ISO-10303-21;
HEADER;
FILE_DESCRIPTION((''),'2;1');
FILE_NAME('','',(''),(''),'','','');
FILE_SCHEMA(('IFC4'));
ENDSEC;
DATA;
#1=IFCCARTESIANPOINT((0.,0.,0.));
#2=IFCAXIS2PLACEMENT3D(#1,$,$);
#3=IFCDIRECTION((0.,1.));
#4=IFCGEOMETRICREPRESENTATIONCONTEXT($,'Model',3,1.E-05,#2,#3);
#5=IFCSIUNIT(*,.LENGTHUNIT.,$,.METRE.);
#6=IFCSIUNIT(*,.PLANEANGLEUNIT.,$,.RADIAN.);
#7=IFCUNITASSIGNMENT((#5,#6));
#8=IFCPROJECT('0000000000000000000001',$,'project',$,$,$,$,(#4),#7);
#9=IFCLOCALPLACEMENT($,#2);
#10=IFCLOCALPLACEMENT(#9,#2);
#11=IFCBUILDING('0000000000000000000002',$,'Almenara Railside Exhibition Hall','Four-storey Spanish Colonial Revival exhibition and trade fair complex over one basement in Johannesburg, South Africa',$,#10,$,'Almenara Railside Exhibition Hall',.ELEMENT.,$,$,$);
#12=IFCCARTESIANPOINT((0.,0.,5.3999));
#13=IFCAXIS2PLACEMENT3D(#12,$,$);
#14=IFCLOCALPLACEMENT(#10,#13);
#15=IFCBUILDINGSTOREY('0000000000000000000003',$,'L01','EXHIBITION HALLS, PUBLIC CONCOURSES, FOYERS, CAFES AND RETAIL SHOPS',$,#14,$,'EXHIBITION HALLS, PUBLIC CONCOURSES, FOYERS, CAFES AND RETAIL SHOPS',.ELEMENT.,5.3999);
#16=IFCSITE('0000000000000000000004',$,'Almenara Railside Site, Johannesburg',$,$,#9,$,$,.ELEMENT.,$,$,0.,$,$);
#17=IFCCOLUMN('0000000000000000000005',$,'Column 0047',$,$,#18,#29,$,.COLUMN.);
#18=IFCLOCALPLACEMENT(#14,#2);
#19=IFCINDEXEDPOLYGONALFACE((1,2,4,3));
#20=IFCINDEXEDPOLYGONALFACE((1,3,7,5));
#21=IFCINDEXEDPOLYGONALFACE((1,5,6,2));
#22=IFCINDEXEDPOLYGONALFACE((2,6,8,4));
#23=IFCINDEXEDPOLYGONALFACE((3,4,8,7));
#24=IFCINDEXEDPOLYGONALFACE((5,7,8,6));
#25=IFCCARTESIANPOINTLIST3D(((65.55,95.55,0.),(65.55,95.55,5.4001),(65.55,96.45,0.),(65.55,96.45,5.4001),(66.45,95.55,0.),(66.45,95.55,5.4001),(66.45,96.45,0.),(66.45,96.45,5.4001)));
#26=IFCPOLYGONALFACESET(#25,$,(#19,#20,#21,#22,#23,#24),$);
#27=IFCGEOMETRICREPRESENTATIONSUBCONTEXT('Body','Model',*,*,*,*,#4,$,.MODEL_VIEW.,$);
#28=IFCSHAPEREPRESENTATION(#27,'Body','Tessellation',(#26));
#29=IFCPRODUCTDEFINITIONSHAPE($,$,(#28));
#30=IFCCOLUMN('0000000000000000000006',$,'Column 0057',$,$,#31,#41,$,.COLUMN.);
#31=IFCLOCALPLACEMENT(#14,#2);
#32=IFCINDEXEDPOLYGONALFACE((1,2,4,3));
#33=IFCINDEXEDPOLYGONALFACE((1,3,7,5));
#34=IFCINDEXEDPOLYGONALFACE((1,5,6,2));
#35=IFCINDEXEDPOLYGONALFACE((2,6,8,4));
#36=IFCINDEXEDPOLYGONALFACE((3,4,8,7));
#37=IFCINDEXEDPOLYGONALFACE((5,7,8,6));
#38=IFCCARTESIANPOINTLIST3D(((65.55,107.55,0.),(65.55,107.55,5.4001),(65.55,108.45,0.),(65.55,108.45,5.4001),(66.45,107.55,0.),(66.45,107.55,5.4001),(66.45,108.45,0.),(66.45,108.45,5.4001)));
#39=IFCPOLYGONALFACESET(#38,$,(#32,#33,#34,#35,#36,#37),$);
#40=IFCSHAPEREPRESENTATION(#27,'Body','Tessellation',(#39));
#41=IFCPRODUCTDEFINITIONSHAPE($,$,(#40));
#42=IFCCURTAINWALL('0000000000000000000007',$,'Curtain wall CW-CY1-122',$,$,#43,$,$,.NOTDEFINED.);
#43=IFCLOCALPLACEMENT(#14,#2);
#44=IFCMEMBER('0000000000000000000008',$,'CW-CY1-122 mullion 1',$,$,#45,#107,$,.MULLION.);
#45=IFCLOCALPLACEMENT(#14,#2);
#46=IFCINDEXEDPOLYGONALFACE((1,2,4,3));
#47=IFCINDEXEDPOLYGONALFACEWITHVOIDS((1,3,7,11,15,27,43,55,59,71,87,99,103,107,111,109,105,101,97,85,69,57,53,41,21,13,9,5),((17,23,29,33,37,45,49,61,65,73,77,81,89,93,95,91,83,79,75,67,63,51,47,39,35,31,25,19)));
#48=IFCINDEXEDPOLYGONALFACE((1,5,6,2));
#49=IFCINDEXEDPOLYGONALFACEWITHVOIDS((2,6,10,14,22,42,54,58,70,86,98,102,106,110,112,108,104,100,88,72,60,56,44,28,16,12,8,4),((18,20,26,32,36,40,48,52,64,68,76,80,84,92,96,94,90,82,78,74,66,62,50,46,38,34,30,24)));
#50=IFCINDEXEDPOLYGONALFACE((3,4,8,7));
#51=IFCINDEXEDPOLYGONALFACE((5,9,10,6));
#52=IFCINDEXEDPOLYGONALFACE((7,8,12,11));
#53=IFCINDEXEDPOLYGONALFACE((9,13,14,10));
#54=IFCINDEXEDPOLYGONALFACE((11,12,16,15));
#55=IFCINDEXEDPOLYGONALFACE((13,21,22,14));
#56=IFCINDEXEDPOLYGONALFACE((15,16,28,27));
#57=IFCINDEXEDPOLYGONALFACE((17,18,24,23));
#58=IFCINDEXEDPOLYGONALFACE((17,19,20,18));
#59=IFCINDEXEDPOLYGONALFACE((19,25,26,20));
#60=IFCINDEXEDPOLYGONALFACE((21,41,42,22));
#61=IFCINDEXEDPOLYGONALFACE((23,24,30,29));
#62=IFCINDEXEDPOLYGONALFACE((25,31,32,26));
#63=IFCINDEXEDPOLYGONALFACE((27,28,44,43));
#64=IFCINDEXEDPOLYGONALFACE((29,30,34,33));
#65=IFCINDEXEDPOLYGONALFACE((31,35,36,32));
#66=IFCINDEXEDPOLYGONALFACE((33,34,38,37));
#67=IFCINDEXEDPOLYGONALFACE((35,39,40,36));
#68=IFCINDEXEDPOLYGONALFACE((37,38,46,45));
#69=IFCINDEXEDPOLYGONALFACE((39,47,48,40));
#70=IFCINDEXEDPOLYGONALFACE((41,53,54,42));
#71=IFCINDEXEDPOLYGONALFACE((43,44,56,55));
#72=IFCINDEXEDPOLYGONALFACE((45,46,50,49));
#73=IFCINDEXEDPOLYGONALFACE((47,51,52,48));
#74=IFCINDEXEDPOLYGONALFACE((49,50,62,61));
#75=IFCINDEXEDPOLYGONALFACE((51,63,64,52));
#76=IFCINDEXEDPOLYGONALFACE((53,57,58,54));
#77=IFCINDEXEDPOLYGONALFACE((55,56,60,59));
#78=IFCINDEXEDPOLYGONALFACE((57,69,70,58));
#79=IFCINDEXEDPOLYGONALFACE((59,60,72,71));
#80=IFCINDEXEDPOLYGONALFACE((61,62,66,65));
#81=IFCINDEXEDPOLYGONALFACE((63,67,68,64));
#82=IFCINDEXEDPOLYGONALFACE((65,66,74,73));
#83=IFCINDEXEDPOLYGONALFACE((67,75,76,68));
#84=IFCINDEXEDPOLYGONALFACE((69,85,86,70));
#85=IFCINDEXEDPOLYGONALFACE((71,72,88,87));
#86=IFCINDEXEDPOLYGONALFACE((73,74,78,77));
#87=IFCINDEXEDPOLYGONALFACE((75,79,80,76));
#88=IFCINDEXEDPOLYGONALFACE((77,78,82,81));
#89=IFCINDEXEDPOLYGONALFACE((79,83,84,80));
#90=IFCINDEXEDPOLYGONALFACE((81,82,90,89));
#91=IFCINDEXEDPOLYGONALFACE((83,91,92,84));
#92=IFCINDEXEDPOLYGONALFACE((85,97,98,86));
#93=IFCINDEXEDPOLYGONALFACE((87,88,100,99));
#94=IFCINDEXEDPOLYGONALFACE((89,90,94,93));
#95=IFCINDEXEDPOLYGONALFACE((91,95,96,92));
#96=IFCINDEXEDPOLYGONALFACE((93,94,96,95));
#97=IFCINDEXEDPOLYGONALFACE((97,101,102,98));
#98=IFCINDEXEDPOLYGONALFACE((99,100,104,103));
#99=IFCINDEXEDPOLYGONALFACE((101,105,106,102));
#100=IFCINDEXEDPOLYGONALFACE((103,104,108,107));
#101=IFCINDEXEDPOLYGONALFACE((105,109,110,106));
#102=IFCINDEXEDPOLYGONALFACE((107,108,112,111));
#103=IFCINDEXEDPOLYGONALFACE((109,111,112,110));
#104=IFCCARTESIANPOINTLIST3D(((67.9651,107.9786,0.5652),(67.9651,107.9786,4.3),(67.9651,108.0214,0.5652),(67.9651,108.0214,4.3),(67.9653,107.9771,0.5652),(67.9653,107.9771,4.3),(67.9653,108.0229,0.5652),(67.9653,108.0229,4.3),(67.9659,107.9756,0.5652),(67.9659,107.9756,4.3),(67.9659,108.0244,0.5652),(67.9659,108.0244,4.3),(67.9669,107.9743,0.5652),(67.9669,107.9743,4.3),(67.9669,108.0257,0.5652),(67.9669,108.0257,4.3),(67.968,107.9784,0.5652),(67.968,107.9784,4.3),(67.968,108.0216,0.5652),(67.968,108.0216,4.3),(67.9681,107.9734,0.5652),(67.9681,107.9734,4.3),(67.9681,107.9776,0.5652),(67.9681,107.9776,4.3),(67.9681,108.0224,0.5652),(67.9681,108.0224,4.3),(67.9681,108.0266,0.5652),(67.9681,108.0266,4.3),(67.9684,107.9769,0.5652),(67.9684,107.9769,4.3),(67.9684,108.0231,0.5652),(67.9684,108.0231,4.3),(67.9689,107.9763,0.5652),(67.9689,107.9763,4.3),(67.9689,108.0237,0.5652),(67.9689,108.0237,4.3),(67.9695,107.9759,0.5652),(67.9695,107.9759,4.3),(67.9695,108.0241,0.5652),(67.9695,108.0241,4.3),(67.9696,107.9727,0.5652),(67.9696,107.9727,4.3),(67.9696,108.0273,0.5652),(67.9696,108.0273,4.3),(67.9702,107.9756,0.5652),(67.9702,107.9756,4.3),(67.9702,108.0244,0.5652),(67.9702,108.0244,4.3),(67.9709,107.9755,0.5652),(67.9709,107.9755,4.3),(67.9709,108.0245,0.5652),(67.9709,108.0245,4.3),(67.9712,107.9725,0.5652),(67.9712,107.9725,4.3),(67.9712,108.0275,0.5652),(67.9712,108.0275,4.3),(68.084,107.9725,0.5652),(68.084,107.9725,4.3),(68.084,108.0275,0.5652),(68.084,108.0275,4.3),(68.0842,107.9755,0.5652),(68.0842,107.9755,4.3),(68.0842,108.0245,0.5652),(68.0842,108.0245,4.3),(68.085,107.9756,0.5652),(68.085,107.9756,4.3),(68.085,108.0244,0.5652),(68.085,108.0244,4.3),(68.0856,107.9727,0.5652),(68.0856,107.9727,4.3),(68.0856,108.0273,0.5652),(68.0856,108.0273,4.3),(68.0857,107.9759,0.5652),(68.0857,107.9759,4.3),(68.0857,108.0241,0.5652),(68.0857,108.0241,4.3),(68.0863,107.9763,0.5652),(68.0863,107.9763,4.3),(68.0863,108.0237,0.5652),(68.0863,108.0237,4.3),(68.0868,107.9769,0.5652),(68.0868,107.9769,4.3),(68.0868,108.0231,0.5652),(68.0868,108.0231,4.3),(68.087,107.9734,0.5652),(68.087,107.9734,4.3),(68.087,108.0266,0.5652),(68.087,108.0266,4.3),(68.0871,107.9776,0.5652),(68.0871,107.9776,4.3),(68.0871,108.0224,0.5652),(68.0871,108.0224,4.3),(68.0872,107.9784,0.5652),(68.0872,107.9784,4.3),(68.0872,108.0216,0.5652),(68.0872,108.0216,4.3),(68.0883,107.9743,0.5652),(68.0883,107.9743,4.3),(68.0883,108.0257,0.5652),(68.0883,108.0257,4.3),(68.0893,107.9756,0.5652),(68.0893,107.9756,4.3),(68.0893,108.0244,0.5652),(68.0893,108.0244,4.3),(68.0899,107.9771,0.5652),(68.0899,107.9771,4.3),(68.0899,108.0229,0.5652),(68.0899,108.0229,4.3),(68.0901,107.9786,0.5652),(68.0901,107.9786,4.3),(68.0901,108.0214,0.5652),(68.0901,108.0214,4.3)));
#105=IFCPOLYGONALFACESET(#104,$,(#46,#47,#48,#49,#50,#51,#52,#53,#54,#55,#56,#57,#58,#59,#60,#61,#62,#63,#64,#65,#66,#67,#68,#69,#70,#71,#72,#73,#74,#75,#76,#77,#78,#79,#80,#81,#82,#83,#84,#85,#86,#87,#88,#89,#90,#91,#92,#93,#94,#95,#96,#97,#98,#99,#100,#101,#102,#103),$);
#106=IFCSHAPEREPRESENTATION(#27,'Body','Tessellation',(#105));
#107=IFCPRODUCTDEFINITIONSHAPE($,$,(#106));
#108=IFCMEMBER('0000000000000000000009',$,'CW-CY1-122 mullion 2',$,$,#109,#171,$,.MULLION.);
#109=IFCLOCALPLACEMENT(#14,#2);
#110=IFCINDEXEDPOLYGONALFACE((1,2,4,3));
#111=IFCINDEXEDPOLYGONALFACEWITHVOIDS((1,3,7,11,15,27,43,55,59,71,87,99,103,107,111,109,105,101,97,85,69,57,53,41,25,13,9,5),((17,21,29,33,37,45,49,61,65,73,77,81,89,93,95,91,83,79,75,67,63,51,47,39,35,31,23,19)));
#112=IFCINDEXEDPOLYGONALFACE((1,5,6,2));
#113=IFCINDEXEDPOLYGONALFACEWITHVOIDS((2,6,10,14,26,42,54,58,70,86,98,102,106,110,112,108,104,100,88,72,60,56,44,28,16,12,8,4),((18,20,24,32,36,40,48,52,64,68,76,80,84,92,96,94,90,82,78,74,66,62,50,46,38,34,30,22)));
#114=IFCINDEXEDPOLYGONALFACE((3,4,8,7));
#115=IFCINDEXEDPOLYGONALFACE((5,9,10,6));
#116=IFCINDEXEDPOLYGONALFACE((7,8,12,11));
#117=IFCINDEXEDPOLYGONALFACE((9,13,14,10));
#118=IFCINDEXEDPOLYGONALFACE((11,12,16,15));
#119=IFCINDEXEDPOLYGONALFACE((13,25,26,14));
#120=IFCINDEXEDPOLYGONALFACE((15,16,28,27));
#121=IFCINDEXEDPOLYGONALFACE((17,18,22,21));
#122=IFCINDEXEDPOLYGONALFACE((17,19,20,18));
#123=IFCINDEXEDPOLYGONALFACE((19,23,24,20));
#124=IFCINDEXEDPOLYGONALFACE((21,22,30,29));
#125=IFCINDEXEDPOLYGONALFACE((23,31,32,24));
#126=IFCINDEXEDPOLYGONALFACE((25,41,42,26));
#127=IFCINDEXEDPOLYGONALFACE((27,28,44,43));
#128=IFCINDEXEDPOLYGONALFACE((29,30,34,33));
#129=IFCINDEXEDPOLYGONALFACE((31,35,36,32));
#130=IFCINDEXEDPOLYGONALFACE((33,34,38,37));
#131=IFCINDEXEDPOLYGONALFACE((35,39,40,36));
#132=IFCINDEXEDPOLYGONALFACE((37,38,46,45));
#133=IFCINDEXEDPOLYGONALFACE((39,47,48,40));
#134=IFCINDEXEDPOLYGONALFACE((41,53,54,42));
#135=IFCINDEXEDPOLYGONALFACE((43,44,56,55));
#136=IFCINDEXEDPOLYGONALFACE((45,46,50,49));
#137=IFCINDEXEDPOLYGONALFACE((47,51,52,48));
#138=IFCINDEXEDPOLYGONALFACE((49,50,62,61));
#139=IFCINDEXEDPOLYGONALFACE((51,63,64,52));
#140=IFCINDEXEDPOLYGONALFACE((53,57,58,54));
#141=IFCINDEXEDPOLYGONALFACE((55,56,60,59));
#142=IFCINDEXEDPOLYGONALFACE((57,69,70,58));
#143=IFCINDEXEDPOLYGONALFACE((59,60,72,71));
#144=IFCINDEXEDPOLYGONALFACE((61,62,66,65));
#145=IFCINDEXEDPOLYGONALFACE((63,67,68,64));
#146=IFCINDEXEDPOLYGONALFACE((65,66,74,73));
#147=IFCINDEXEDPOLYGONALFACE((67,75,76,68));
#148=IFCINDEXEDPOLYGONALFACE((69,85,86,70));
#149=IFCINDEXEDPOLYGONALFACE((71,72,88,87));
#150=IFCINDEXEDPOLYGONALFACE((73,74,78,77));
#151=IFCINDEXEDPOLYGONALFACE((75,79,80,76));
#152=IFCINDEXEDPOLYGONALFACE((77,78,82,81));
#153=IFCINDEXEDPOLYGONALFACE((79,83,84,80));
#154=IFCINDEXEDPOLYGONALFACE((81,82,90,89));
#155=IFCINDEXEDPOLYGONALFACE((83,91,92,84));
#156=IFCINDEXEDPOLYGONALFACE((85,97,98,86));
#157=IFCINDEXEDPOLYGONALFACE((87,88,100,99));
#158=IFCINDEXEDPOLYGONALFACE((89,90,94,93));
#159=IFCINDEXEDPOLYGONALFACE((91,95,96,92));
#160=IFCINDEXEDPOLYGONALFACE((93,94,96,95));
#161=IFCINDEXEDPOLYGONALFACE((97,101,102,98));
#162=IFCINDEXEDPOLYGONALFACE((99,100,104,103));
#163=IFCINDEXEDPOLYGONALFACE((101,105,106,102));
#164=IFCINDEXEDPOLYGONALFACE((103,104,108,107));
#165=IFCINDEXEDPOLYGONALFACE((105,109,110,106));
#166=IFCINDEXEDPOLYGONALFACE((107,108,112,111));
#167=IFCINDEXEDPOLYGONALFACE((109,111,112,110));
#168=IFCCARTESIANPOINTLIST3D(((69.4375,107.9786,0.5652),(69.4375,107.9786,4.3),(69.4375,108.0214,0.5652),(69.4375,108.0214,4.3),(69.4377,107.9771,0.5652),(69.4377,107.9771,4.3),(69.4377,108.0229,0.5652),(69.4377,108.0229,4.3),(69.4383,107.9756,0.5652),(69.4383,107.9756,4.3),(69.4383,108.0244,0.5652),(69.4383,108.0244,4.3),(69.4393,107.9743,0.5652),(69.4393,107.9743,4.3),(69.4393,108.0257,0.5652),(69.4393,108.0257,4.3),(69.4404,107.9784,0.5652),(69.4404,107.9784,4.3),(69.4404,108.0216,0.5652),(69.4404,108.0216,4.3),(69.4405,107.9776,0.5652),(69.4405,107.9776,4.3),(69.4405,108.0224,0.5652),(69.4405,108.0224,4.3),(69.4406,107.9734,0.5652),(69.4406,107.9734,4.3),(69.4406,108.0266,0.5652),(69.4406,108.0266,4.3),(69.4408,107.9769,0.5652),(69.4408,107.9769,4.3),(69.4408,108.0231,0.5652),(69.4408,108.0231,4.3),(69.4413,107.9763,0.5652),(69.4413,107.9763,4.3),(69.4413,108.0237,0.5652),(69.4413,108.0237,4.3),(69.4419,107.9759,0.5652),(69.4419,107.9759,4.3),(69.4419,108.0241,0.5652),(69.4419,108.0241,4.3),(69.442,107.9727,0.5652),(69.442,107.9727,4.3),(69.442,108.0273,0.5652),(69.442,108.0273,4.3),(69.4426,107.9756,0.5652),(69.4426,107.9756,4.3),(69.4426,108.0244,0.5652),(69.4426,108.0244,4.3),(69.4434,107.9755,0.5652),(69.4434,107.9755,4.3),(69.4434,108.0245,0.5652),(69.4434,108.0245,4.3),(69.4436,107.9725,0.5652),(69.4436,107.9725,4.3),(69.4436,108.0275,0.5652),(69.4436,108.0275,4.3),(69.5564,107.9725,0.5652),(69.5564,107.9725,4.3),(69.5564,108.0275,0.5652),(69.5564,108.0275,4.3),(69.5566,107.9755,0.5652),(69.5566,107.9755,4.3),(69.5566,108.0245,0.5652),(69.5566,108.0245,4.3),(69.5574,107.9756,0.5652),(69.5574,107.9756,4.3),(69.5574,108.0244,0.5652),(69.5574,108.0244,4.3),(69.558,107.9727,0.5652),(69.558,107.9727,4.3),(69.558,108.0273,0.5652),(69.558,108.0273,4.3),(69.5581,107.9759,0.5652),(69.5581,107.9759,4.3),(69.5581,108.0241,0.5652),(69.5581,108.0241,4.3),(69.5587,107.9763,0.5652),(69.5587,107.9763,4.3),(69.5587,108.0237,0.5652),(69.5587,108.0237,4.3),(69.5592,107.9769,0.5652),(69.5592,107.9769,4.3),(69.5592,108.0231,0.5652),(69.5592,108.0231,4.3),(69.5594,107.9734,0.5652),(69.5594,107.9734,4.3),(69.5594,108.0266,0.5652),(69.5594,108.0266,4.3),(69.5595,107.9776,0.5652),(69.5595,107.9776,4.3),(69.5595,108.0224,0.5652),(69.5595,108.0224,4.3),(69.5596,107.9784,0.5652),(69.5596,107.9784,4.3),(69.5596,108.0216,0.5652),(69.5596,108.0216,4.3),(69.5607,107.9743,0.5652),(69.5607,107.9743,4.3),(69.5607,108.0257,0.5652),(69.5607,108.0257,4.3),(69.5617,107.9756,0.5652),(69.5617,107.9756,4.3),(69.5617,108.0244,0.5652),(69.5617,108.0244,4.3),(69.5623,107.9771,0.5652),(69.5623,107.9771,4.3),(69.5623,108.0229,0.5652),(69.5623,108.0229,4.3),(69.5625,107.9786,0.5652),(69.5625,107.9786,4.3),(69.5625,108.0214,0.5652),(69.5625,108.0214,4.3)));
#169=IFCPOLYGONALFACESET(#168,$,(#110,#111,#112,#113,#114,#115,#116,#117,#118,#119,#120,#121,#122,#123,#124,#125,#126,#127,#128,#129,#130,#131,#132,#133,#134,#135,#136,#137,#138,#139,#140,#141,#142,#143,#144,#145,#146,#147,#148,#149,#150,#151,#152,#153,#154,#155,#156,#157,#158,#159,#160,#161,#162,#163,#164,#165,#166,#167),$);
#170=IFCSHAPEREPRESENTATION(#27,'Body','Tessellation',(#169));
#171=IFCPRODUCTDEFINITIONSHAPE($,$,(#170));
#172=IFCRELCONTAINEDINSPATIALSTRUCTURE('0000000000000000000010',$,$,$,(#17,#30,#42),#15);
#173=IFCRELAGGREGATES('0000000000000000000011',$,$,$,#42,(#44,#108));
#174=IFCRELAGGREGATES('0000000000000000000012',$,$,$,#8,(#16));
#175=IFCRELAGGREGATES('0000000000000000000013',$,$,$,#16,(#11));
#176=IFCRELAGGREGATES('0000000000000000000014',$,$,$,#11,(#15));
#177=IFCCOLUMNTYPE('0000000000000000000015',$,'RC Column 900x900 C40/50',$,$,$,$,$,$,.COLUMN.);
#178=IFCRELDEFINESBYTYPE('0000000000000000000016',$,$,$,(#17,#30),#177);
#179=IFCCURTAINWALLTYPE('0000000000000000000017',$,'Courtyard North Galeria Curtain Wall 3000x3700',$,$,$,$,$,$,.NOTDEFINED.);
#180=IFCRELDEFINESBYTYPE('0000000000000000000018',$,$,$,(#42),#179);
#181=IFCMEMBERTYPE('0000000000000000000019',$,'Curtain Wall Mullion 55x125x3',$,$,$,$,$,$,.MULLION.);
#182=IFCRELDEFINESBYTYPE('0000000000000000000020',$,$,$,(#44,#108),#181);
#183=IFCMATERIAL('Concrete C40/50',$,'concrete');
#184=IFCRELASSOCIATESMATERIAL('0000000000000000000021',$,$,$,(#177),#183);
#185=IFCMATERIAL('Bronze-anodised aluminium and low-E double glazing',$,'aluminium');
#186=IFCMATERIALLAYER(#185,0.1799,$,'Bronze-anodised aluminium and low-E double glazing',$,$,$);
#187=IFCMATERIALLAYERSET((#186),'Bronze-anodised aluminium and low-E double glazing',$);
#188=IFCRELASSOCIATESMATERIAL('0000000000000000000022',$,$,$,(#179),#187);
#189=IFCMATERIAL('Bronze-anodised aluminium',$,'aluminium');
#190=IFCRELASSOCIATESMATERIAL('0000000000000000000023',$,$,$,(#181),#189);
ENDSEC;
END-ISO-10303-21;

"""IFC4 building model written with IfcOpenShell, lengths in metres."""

from ifc_helpers import new_model, si_unit, direction, frame, origin, origin_2d, place, context, subcontext, project, spatial, rectangle, hollow_rectangle, extrude, material, layer, layer_set, material_profile, profile_set, type_object, element, aggregate, save


model = new_model("IFC4")

# Units and contexts
model_context = context("Model", 3, precision=1e-05, world=origin(), true_north=direction((0.0, 1.0)))
body_context = subcontext(model_context, "Body", "Model", "MODEL_VIEW")
ifc_project = project(units=[si_unit("LENGTHUNIT", "METRE"), si_unit("PLANEANGLEUNIT", "RADIAN")], contexts=[model_context])

# Site, building, storey
site_placement = place(None, origin())
site = spatial("IfcSite", under=ifc_project, at=site_placement, Name="Almenara Railside Site, Johannesburg", CompositionType="ELEMENT", RefElevation=0.0)
building_placement = place(site_placement, origin())
building = spatial("IfcBuilding", under=site, at=building_placement, Name="Almenara Railside Exhibition Hall", Description="Four-storey Spanish Colonial Revival exhibition and trade fair complex over one basement in Johannesburg, South Africa", LongName="Almenara Railside Exhibition Hall", CompositionType="ELEMENT")
storey_placement = place(building_placement, frame((0.0, 0.0, 5.3999)))
storey = spatial("IfcBuildingStorey", under=building, at=storey_placement, Name="L01", Description="EXHIBITION HALLS, PUBLIC CONCOURSES, FOYERS, CAFES AND RETAIL SHOPS", LongName="EXHIBITION HALLS, PUBLIC CONCOURSES, FOYERS, CAFES AND RETAIL SHOPS", CompositionType="ELEMENT", Elevation=5.3999)

# Columns
ifc_material_1 = material(Name="Concrete C40/50", Category="concrete")
ifc_material_profile_1 = material_profile(ifc_material_1, rectangle(XDim=0.8999, YDim=0.8999, at=origin_2d()), Name="RC 900x900")
ifc_profile_set_1 = profile_set([ifc_material_profile_1], Name="Concrete C40/50")
column_type = type_object("IfcColumnType", Name="RC Column 900x900 C40/50", PredefinedType="COLUMN", material=ifc_profile_set_1)
for number, where, z_axis, x_axis, name in (
    (1, (66.0, 96.0, 0.0), (0.0, 0.0, 1.0), (1.0, 0.0, 0.0), "Column 0047"),
    (2, (66.0, 108.0, 0.0), (0.0, 0.0, 1.0), (1.0, 0.0, 0.0), "Column 0057"),
):
    element("IfcColumn", number, at=place(storey_placement, frame(where, z_axis=z_axis, x_axis=x_axis)), inside=storey, type_object=column_type, Name=name, PredefinedType="COLUMN", context=body_context, shape_type="SweptSolid", body=[
        extrude(rectangle(XDim=0.8999, YDim=0.8999, at=origin_2d()), origin(), (0.0, 0.0, 1.0), 5.4001),
    ])

# Curtain wall, members
ifc_material_2 = material(Name="Bronze-anodised aluminium and low-E double glazing", Category="aluminium")
ifc_layer_1 = layer(ifc_material_2, 0.1799, Name="Bronze-anodised aluminium and low-E double glazing")
ifc_layer_set_1 = layer_set([ifc_layer_1], Name="Bronze-anodised aluminium and low-E double glazing")
curtain_wall_type = type_object("IfcCurtainWallType", Name="Courtyard North Galeria Curtain Wall 3000x3700", PredefinedType="NOTDEFINED", material=ifc_layer_set_1)
curtain_wall_placement = place(storey_placement, origin())
curtain_wall = element("IfcCurtainWall", 3, at=curtain_wall_placement, inside=storey, type_object=curtain_wall_type, Name="Curtain wall CW-CY1-122", PredefinedType="NOTDEFINED")
ifc_material_3 = material(Name="Bronze-anodised aluminium", Category="aluminium")
ifc_material_profile_2 = material_profile(ifc_material_3, hollow_rectangle(XDim=0.0549, YDim=0.125, WallThickness=0.0029, InnerFilletRadius=0.0029, OuterFilletRadius=0.0061, at=origin_2d()), Name="ALU-MUL 55x125x3")
ifc_profile_set_2 = profile_set([ifc_material_profile_2], Name="Bronze-anodised aluminium")
member_type_1 = type_object("IfcMemberType", Name="Curtain Wall Mullion 55x125x3", PredefinedType="MULLION", material=ifc_profile_set_2)
member_1_placement = place(storey_placement, frame((68.0276, 108.0, 0.5652), z_axis=(0.0, 0.0, 1.0), x_axis=(0.0, 1.0, 0.0)))
member_1 = element("IfcMember", 4, at=member_1_placement, type_object=member_type_1, Name="CW-CY1-122 mullion 1", PredefinedType="MULLION", context=body_context, shape_type="SweptSolid", body=[
    extrude(hollow_rectangle(XDim=0.0549, YDim=0.125, WallThickness=0.0029, InnerFilletRadius=0.0029, OuterFilletRadius=0.0061, at=origin_2d()), origin(), (0.0, 0.0, 1.0), 3.7349),
])
member_2_placement = place(storey_placement, frame((69.5, 108.0, 0.5652), z_axis=(0.0, 0.0, 1.0), x_axis=(0.0, 1.0, 0.0)))
member_2 = element("IfcMember", 5, at=member_2_placement, type_object=member_type_1, Name="CW-CY1-122 mullion 2", PredefinedType="MULLION", context=body_context, shape_type="SweptSolid", body=[
    extrude(hollow_rectangle(XDim=0.0549, YDim=0.125, WallThickness=0.0029, InnerFilletRadius=0.0029, OuterFilletRadius=0.0061, at=origin_2d()), origin(), (0.0, 0.0, 1.0), 3.7349),
])

aggregate(curtain_wall, [member_1, member_2])

save(model, "model.ifc")
